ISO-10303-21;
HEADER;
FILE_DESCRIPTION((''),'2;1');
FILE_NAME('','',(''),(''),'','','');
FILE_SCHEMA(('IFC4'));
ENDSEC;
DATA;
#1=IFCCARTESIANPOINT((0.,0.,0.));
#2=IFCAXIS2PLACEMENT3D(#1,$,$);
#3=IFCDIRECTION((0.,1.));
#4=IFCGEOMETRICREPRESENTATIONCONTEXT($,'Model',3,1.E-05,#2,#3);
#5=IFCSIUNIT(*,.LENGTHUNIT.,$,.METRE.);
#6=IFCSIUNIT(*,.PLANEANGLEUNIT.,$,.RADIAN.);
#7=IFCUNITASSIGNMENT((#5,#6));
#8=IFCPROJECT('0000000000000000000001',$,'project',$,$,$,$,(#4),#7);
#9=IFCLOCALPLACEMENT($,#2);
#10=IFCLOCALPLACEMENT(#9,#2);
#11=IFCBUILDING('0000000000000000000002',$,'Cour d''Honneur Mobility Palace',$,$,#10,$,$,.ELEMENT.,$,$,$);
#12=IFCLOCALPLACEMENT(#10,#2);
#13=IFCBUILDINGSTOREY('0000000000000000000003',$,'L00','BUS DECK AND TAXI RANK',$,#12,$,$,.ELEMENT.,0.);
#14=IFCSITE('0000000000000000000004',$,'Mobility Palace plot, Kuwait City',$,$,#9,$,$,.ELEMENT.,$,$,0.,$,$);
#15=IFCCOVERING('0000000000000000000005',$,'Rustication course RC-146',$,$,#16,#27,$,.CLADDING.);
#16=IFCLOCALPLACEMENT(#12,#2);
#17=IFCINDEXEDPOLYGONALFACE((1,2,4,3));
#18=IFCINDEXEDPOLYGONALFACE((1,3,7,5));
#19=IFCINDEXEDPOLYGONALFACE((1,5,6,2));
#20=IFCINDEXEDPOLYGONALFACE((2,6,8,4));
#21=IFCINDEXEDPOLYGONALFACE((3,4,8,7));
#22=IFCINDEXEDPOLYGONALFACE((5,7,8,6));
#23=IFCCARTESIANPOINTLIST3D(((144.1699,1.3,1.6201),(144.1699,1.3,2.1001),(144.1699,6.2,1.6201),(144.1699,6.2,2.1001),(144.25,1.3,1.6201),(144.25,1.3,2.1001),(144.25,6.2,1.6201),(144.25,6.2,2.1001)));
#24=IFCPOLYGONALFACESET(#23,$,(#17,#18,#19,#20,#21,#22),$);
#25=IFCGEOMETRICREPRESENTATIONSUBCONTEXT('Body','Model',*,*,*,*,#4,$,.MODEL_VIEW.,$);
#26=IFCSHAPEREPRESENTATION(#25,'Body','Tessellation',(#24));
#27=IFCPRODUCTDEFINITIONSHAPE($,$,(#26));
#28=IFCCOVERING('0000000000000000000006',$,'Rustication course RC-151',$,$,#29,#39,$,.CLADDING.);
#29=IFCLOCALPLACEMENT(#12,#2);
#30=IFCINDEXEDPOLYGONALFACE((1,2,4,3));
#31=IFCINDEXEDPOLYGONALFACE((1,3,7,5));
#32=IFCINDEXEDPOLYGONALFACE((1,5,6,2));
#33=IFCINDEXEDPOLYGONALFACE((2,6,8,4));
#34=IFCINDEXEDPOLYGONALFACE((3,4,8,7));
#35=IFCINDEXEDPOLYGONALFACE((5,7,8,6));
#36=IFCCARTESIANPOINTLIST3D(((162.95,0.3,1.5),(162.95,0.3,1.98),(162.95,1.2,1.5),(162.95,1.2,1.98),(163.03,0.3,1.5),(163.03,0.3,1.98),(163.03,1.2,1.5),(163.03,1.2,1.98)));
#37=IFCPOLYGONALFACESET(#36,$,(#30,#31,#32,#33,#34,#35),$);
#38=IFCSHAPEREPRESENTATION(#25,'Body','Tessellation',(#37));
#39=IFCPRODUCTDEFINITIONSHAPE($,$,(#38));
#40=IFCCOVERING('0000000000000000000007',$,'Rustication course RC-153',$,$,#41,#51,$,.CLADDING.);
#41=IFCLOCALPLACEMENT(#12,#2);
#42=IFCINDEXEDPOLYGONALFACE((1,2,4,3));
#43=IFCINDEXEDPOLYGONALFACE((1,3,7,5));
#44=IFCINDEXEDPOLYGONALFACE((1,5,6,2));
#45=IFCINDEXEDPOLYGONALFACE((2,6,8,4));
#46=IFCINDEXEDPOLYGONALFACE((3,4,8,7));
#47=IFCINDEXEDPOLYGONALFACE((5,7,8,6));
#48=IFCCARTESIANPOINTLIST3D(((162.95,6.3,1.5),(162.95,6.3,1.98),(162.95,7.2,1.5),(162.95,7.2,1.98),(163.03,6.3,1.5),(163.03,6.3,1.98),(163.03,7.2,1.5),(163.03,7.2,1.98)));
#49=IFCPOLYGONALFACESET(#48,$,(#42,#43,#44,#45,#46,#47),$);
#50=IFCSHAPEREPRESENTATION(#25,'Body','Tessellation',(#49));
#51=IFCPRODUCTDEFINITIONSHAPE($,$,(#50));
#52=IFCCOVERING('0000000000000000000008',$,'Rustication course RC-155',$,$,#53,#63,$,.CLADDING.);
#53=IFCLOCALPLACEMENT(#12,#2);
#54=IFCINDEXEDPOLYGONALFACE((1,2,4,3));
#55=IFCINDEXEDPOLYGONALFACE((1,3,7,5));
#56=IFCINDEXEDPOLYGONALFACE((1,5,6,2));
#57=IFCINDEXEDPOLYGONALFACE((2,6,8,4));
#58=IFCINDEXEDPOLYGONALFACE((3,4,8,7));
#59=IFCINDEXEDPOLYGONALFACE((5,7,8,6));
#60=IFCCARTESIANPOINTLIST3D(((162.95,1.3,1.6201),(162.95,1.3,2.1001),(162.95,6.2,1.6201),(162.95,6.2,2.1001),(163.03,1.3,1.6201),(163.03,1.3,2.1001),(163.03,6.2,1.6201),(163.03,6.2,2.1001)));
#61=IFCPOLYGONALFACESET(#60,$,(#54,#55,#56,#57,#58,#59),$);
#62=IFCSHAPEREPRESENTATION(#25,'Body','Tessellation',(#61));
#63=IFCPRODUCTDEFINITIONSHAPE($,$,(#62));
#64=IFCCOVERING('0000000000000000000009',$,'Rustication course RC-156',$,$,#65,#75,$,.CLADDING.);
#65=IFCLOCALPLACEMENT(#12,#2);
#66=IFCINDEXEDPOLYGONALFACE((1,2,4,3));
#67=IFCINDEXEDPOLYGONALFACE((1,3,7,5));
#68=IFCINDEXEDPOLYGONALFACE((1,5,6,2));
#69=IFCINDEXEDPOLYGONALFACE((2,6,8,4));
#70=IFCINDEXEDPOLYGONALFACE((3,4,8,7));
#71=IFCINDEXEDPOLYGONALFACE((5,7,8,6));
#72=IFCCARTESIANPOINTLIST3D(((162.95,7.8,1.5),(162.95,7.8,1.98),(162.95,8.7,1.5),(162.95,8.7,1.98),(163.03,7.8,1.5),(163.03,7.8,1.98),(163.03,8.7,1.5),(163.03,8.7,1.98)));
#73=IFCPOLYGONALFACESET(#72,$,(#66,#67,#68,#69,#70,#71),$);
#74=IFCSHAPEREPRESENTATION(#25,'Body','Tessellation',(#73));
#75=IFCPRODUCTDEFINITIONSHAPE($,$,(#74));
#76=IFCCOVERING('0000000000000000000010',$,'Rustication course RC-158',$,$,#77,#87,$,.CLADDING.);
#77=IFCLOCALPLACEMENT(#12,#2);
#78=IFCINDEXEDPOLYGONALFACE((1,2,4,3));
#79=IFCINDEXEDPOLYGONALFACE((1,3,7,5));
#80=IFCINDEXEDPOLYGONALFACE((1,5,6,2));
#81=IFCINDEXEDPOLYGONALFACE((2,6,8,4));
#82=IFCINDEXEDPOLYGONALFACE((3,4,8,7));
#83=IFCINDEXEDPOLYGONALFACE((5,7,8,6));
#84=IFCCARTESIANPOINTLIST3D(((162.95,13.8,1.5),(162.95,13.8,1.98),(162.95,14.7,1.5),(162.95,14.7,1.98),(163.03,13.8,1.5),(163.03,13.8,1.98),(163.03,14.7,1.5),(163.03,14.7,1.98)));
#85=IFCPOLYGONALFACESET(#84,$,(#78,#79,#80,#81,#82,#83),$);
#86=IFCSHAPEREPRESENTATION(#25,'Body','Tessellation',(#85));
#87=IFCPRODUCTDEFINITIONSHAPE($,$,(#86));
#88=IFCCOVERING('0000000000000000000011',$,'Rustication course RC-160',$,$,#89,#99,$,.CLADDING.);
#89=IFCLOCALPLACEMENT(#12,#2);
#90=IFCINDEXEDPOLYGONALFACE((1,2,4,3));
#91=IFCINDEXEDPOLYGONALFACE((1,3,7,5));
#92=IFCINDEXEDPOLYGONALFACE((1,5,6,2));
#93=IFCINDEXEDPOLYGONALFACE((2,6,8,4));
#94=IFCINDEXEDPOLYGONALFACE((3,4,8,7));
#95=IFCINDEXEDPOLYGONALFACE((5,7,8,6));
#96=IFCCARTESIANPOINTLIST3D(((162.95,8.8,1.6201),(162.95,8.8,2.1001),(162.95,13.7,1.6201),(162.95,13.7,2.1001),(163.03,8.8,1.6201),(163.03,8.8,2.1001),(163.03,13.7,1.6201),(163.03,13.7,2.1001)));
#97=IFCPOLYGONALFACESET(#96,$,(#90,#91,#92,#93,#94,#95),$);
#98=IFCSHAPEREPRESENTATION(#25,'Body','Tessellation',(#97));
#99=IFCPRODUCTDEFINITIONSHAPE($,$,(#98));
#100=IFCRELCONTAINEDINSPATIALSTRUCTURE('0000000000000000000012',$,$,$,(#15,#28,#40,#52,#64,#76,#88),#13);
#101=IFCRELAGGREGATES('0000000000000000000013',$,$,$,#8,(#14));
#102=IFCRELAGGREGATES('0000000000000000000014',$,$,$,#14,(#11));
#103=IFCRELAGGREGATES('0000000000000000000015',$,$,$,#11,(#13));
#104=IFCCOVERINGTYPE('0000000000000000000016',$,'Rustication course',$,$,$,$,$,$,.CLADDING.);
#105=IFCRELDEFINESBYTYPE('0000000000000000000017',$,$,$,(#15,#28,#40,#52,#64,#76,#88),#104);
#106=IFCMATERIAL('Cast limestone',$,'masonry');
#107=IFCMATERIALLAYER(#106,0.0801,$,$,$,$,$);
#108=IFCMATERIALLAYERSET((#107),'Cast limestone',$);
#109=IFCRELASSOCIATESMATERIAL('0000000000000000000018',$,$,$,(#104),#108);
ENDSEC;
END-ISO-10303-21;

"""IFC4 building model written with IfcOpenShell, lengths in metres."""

from ifc_helpers import new_model, si_unit, direction, frame, origin, place, context, subcontext, project, spatial, polyline, outline, extrude, material, layer, layer_set, type_object, element, save


model = new_model("IFC4")

# Units and contexts
model_context = context("Model", 3, precision=1e-05, world=origin(), true_north=direction((0.0, 1.0)))
body_context = subcontext(model_context, "Body", "Model", "MODEL_VIEW")
ifc_project = project(units=[si_unit("LENGTHUNIT", "METRE"), si_unit("PLANEANGLEUNIT", "RADIAN")], contexts=[model_context])

# Site, building, storey
site_placement = place(None, origin())
site = spatial("IfcSite", under=ifc_project, at=site_placement, Name="Mobility Palace plot, Kuwait City", CompositionType="ELEMENT", RefElevation=0.0)
building_placement = place(site_placement, origin())
building = spatial("IfcBuilding", under=site, at=building_placement, Name="Cour d'Honneur Mobility Palace", CompositionType="ELEMENT")
storey_placement = place(building_placement, origin())
storey = spatial("IfcBuildingStorey", under=building, at=storey_placement, Name="L00", Description="BUS DECK AND TAXI RANK", CompositionType="ELEMENT", Elevation=0.0)

# Coverings
ifc_material = material(Name="Cast limestone", Category="masonry")
ifc_layer = layer(ifc_material, 0.0801)
ifc_layer_set = layer_set([ifc_layer], Name="Cast limestone")
covering_type = type_object("IfcCoveringType", Name="Rustication course", PredefinedType="CLADDING", material=ifc_layer_set)
covering_1_placement = place(storey_placement, frame((0.0, 0.0, 1.6201)))
element("IfcCovering", 1, at=covering_1_placement, inside=storey, type_object=covering_type, Name="Rustication course RC-146", PredefinedType="CLADDING", context=body_context, shape_type="SweptSolid", body=[
    extrude(outline(polyline([(144.25, 6.2), (144.25, 1.3), (144.1699, 1.3), (144.1699, 6.2), (144.25, 6.2)])), origin(), (0.0, 0.0, 1.0), 0.48),
])
covering_2_placement = place(storey_placement, frame((0.0, 0.0, 1.5)))
element("IfcCovering", 2, at=covering_2_placement, inside=storey, type_object=covering_type, Name="Rustication course RC-151", PredefinedType="CLADDING", context=body_context, shape_type="SweptSolid", body=[
    extrude(outline(polyline([(162.95, 0.3), (162.95, 1.2), (163.03, 1.2), (163.03, 0.3), (162.95, 0.3)])), origin(), (0.0, 0.0, 1.0), 0.48),
])
covering_3_placement = place(storey_placement, frame((0.0, 0.0, 1.5)))
element("IfcCovering", 3, at=covering_3_placement, inside=storey, type_object=covering_type, Name="Rustication course RC-153", PredefinedType="CLADDING", context=body_context, shape_type="SweptSolid", body=[
    extrude(outline(polyline([(162.95, 6.3), (162.95, 7.2), (163.03, 7.2), (163.03, 6.3), (162.95, 6.3)])), origin(), (0.0, 0.0, 1.0), 0.48),
])
covering_4_placement = place(storey_placement, frame((0.0, 0.0, 1.6201)))
element("IfcCovering", 4, at=covering_4_placement, inside=storey, type_object=covering_type, Name="Rustication course RC-155", PredefinedType="CLADDING", context=body_context, shape_type="SweptSolid", body=[
    extrude(outline(polyline([(162.95, 1.3), (162.95, 6.2), (163.03, 6.2), (163.03, 1.3), (162.95, 1.3)])), origin(), (0.0, 0.0, 1.0), 0.48),
])
covering_5_placement = place(storey_placement, frame((0.0, 0.0, 1.5)))
element("IfcCovering", 5, at=covering_5_placement, inside=storey, type_object=covering_type, Name="Rustication course RC-156", PredefinedType="CLADDING", context=body_context, shape_type="SweptSolid", body=[
    extrude(outline(polyline([(162.95, 7.8), (162.95, 8.7), (163.03, 8.7), (163.03, 7.8), (162.95, 7.8)])), origin(), (0.0, 0.0, 1.0), 0.48),
])
covering_6_placement = place(storey_placement, frame((0.0, 0.0, 1.5)))
element("IfcCovering", 6, at=covering_6_placement, inside=storey, type_object=covering_type, Name="Rustication course RC-158", PredefinedType="CLADDING", context=body_context, shape_type="SweptSolid", body=[
    extrude(outline(polyline([(162.95, 13.8), (162.95, 14.7), (163.03, 14.7), (163.03, 13.8), (162.95, 13.8)])), origin(), (0.0, 0.0, 1.0), 0.48),
])
covering_7_placement = place(storey_placement, frame((0.0, 0.0, 1.6201)))
element("IfcCovering", 7, at=covering_7_placement, inside=storey, type_object=covering_type, Name="Rustication course RC-160", PredefinedType="CLADDING", context=body_context, shape_type="SweptSolid", body=[
    extrude(outline(polyline([(162.95, 8.8), (162.95, 13.7), (163.03, 13.7), (163.03, 8.8), (162.95, 8.8)])), origin(), (0.0, 0.0, 1.0), 0.48),
])

save(model, "model.ifc")
